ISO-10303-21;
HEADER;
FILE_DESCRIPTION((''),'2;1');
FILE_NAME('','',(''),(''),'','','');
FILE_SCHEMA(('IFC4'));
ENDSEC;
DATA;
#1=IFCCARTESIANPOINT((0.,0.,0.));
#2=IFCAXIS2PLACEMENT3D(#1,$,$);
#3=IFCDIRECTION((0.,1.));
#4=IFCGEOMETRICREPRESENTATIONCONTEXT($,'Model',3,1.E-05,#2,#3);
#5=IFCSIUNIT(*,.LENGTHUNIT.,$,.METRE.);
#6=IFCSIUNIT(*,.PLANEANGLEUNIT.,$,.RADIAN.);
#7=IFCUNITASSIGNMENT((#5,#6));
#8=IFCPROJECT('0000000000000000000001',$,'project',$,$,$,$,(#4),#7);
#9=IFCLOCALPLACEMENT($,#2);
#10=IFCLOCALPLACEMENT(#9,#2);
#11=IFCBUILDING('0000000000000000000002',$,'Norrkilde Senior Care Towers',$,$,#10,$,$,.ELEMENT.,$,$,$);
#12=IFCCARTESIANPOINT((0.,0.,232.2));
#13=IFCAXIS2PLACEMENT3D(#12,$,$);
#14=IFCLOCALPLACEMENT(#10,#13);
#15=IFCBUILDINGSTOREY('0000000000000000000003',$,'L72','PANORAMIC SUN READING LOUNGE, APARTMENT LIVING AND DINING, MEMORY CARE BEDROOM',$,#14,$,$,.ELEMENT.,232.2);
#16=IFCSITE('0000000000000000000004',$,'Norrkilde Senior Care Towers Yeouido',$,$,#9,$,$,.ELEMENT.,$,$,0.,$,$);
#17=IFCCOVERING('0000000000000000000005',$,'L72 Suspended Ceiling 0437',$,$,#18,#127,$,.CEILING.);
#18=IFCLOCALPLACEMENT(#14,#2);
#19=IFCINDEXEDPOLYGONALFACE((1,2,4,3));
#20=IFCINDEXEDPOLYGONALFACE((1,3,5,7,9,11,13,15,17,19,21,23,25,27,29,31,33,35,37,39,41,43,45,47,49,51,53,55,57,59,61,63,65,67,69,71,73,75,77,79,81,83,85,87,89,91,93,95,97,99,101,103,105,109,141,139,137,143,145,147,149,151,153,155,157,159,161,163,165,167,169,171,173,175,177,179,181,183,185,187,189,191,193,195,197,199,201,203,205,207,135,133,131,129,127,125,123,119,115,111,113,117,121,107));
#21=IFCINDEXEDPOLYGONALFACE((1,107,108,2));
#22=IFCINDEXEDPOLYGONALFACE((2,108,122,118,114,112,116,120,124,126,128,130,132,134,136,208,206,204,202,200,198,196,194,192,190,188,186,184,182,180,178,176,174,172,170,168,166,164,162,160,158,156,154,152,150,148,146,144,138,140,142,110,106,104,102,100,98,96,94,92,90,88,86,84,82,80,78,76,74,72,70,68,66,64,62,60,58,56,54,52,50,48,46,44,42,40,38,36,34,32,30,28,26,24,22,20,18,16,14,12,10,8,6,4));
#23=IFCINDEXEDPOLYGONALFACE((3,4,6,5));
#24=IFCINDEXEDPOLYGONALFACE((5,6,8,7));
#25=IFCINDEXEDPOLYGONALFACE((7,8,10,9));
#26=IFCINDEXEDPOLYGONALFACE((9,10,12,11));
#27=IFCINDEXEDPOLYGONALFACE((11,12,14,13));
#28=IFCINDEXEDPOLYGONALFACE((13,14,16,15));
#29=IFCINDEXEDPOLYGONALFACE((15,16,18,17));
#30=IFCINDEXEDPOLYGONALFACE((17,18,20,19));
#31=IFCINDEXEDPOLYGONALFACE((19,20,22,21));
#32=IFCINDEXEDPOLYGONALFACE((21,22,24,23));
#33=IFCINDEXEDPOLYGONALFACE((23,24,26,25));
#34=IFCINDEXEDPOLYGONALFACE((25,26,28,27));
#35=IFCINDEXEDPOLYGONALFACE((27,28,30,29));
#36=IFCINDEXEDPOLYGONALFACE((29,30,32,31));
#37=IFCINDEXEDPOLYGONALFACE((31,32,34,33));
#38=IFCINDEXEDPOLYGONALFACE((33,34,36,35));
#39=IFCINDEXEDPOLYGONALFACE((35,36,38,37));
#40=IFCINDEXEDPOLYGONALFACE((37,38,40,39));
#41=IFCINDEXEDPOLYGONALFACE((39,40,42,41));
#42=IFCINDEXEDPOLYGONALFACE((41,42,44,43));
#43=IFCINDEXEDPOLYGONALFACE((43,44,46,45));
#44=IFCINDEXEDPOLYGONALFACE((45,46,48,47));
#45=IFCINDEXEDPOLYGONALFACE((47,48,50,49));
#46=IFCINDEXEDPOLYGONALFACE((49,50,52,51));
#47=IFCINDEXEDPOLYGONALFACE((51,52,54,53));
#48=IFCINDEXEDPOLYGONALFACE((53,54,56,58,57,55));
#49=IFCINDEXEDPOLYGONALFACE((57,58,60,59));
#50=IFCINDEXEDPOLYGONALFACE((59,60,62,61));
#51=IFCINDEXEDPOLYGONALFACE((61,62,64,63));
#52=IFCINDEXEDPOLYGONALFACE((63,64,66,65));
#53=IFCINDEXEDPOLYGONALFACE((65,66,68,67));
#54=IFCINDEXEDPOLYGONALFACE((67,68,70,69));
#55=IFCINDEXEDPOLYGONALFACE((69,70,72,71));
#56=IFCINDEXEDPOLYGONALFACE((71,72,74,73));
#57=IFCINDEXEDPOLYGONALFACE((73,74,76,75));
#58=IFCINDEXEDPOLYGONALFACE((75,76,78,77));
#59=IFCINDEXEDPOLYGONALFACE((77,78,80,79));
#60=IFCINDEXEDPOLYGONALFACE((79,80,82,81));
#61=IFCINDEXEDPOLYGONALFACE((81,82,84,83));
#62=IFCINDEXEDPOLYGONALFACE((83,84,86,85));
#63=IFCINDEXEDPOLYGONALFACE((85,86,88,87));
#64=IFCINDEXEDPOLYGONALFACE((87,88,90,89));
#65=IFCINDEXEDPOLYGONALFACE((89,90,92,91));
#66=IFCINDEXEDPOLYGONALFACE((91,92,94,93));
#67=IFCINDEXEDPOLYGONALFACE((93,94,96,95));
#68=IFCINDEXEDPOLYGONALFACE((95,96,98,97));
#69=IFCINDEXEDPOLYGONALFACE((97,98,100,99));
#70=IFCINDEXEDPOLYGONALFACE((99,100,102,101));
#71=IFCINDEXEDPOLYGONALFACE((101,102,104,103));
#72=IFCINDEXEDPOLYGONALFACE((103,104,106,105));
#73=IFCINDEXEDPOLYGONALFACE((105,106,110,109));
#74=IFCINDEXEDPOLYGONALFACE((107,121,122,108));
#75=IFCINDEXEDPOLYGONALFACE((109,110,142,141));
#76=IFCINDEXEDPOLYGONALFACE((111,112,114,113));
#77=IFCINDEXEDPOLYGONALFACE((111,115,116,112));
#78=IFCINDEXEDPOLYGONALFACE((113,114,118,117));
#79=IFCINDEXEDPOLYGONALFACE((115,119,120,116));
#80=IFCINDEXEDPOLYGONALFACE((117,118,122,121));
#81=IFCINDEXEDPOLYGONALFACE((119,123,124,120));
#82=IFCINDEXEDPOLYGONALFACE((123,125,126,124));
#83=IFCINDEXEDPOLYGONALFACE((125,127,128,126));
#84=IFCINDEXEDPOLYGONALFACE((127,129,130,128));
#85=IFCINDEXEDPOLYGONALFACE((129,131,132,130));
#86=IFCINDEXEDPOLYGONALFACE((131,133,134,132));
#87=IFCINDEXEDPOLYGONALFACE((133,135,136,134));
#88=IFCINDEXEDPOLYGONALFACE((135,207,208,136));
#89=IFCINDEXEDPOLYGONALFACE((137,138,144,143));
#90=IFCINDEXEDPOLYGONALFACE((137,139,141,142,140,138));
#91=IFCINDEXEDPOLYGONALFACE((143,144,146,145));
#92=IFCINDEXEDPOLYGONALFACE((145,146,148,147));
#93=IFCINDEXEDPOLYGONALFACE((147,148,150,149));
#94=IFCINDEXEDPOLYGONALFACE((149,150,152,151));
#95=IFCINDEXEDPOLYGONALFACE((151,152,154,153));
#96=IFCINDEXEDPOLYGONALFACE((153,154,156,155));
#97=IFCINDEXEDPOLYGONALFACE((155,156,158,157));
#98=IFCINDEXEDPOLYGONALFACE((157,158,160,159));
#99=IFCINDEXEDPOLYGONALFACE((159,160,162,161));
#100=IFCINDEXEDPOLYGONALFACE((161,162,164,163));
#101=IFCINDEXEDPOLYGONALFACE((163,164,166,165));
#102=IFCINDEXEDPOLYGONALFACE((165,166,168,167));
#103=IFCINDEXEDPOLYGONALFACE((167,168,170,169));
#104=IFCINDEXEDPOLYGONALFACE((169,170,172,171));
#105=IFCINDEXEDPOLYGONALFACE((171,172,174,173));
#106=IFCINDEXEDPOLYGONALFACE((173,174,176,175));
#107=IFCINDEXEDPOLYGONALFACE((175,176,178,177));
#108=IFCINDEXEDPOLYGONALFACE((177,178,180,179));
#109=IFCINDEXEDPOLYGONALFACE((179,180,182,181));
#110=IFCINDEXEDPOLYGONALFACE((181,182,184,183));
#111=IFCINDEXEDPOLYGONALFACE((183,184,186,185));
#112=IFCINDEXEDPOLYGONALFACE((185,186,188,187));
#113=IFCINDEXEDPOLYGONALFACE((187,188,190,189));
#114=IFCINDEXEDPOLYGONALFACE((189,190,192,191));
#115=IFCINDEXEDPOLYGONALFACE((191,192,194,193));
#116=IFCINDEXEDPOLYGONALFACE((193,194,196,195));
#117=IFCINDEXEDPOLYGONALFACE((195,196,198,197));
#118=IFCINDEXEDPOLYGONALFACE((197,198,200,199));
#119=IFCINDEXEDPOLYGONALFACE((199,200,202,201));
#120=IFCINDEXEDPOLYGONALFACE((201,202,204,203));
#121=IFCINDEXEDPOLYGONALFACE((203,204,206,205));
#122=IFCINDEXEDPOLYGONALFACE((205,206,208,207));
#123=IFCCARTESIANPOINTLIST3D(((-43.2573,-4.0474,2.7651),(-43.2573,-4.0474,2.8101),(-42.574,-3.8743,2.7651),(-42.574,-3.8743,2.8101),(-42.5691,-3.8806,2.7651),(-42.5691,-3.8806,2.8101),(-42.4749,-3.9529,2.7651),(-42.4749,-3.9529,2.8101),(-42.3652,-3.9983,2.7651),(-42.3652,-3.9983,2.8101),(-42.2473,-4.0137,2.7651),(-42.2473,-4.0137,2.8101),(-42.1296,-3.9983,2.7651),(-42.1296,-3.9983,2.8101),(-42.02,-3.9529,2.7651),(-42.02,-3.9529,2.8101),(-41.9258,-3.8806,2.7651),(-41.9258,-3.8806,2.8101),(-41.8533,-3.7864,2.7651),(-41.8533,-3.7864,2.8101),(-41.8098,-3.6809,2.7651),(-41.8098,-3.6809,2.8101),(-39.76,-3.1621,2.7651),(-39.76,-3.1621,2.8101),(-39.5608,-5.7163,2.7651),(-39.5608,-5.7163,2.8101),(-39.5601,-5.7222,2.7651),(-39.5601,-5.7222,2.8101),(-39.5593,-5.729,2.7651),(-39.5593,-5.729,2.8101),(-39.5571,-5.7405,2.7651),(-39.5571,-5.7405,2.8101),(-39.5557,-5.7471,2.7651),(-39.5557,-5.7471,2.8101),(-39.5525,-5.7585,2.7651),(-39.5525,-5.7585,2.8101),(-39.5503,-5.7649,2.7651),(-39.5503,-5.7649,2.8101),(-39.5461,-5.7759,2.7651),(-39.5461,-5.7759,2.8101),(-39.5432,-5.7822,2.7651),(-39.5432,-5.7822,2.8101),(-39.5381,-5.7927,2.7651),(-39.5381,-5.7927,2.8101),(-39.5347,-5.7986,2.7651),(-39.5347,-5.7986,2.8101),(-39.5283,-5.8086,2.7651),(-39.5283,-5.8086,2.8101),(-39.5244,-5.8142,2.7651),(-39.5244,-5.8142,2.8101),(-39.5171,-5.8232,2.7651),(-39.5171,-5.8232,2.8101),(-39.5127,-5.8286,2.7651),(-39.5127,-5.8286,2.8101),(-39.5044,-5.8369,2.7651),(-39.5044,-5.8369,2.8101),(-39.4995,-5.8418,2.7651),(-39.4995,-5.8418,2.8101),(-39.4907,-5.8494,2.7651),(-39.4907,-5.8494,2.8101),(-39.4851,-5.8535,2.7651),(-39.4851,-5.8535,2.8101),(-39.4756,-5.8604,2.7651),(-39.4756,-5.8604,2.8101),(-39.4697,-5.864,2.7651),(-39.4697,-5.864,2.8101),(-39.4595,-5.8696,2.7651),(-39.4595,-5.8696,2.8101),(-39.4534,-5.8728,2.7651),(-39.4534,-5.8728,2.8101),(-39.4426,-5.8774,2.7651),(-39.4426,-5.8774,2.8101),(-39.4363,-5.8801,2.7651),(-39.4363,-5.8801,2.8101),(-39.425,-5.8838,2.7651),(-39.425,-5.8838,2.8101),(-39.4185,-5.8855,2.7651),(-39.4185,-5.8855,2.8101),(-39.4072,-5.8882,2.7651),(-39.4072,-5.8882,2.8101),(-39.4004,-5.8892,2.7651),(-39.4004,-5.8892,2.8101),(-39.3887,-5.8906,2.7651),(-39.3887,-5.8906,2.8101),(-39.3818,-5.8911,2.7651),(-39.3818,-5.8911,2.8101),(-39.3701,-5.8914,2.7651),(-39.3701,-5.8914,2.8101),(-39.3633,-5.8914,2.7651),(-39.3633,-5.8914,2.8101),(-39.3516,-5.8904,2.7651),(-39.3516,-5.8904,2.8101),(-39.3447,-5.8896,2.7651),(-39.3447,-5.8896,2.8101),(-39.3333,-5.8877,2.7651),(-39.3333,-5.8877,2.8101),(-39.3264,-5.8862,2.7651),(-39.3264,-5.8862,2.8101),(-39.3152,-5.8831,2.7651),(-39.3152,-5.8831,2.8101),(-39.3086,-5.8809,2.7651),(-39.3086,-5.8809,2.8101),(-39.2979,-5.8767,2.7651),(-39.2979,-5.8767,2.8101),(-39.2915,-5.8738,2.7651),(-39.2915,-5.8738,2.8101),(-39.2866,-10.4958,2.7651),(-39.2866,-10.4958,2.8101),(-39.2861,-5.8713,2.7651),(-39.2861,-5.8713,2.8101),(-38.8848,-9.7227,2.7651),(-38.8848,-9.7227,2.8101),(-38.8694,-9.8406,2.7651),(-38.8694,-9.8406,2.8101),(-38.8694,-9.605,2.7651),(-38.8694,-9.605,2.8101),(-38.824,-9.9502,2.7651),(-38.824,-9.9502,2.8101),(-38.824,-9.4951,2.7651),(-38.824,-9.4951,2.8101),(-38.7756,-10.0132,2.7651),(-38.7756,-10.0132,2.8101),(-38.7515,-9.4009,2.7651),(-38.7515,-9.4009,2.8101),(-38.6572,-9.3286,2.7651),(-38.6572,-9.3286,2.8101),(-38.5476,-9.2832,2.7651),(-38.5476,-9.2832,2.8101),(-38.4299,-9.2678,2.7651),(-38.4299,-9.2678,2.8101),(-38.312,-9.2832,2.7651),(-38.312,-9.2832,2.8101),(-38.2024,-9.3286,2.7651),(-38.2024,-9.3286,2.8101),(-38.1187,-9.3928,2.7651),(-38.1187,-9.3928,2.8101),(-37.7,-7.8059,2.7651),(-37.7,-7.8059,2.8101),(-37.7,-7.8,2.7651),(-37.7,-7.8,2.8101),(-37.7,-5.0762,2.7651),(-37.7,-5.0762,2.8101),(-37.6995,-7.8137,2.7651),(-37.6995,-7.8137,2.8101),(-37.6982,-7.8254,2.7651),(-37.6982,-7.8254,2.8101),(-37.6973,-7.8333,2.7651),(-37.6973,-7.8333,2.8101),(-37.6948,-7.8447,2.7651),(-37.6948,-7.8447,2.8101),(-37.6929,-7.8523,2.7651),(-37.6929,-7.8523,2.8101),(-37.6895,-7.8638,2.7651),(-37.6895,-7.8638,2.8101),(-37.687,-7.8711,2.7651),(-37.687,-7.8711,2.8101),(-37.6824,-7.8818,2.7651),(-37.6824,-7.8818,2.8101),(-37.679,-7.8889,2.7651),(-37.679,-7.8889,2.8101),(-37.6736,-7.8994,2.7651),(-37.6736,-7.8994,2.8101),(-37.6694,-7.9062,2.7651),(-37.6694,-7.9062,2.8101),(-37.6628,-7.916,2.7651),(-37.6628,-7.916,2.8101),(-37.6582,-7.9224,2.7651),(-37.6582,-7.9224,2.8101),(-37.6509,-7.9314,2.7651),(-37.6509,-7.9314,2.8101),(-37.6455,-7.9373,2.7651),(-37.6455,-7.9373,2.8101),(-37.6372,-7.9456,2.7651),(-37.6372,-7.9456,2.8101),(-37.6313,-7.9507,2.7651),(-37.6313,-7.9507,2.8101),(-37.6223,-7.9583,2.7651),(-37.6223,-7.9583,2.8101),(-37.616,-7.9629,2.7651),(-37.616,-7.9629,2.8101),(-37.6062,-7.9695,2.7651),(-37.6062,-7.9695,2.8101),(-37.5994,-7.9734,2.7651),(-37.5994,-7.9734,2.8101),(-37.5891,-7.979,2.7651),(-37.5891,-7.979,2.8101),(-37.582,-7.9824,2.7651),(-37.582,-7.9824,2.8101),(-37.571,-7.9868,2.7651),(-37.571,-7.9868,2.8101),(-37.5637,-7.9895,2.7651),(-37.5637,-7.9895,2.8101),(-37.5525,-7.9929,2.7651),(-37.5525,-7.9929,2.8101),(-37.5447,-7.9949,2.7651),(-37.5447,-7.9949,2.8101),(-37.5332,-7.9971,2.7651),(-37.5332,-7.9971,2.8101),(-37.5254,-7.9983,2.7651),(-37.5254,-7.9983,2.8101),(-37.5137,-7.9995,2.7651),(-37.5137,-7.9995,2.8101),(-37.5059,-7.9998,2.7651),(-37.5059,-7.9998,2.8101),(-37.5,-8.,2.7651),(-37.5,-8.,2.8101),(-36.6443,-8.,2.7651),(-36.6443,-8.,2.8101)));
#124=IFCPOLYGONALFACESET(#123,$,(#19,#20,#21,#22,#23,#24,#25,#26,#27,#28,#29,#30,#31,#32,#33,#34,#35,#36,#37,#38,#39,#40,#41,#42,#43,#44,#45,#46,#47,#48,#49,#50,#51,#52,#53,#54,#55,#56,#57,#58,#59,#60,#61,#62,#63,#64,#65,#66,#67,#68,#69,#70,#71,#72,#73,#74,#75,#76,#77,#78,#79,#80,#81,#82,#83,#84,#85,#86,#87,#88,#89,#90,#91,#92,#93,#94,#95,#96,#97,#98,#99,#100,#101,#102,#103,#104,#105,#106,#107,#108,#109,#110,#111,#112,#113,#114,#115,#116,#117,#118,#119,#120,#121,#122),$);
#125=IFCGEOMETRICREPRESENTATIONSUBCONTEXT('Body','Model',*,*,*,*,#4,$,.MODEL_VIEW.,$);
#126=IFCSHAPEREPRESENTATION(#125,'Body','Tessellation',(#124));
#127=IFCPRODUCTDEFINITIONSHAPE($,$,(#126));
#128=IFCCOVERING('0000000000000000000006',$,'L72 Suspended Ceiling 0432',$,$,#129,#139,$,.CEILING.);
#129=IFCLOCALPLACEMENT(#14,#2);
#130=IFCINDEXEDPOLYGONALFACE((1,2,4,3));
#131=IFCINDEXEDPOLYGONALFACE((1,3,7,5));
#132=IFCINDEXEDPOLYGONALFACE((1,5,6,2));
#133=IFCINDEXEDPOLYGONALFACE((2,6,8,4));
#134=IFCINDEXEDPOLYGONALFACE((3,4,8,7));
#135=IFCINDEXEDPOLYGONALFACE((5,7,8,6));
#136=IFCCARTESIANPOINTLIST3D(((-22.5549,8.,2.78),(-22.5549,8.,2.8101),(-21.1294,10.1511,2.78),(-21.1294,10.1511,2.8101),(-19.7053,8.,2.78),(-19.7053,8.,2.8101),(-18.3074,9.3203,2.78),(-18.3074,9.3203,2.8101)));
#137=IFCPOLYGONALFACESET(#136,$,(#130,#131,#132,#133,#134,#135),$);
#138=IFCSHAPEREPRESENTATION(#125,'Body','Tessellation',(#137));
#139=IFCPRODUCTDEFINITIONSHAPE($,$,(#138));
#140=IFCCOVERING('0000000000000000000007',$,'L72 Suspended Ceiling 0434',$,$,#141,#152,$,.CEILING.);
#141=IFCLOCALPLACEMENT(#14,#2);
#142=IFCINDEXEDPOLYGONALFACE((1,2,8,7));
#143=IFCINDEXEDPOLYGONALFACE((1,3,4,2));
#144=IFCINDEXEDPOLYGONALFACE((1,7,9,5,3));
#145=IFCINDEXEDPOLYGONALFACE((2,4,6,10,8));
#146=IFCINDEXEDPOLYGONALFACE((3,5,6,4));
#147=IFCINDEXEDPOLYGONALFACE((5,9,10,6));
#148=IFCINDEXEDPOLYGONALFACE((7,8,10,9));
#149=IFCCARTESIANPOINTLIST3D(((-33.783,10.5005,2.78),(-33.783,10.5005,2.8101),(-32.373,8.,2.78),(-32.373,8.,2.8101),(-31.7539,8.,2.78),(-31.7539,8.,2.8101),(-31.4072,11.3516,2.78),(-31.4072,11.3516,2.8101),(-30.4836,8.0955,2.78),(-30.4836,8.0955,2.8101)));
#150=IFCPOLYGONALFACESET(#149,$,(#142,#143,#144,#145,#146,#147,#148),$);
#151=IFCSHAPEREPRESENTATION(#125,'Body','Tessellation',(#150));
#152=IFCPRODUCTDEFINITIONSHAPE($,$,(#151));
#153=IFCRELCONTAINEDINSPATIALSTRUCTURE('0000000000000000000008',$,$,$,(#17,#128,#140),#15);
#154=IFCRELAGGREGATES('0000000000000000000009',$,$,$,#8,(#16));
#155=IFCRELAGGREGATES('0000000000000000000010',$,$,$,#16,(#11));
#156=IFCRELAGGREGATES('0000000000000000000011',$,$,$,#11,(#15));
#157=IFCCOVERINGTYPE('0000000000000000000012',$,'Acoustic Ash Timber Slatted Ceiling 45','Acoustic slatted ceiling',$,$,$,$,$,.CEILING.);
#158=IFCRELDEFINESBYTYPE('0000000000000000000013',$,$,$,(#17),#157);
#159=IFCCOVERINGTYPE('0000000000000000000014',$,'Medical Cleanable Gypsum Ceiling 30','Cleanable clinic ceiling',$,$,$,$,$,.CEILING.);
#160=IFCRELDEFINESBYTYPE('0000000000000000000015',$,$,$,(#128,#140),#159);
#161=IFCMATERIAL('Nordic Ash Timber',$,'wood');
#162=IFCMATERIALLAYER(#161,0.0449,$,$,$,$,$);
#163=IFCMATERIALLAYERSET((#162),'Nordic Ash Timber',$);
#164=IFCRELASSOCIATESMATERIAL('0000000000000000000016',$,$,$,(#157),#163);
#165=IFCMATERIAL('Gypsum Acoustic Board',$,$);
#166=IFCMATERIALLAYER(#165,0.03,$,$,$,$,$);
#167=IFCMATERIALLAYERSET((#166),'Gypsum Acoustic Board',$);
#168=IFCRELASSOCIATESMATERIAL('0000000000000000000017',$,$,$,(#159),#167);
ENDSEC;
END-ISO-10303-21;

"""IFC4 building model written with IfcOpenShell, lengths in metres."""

from ifc_helpers import new_model, si_unit, direction, frame, origin, place, context, subcontext, project, spatial, polyline, outline, extrude, material, layer, layer_set, type_object, element, save


model = new_model("IFC4")

# Units and contexts
model_context = context("Model", 3, precision=1e-05, world=origin(), true_north=direction((0.0, 1.0)))
body_context = subcontext(model_context, "Body", "Model", "MODEL_VIEW")
ifc_project = project(units=[si_unit("LENGTHUNIT", "METRE"), si_unit("PLANEANGLEUNIT", "RADIAN")], contexts=[model_context])

# Site, building, storey
site_placement = place(None, origin())
site = spatial("IfcSite", under=ifc_project, at=site_placement, Name="Norrkilde Senior Care Towers Yeouido", CompositionType="ELEMENT", RefElevation=0.0)
building_placement = place(site_placement, origin())
building = spatial("IfcBuilding", under=site, at=building_placement, Name="Norrkilde Senior Care Towers", CompositionType="ELEMENT")
storey_placement = place(building_placement, frame((0.0, 0.0, 232.2)))
storey = spatial("IfcBuildingStorey", under=building, at=storey_placement, Name="L72", Description="PANORAMIC SUN READING LOUNGE, APARTMENT LIVING AND DINING, MEMORY CARE BEDROOM", CompositionType="ELEMENT", Elevation=232.2)

# Coverings
ifc_material_1 = material(Name="Nordic Ash Timber", Category="wood")
ifc_layer_1 = layer(ifc_material_1, 0.0449)
ifc_layer_set_1 = layer_set([ifc_layer_1], Name="Nordic Ash Timber")
covering_type_1 = type_object("IfcCoveringType", Name="Acoustic Ash Timber Slatted Ceiling 45", Description="Acoustic slatted ceiling", PredefinedType="CEILING", material=ifc_layer_set_1)
covering_1_placement = place(storey_placement, frame((0.0, 0.0, 2.7651)))
element("IfcCovering", 1, at=covering_1_placement, inside=storey, type_object=covering_type_1, Name="L72 Suspended Ceiling 0437", PredefinedType="CEILING", context=body_context, shape_type="SweptSolid", body=[
    extrude(outline(polyline([(-39.5557, -5.7471), (-39.5525, -5.7585), (-39.5503, -5.7649), (-39.5461, -5.7759), (-39.5432, -5.7822), (-39.5381, -5.7927), (-39.5347, -5.7986), (-39.5283, -5.8086), (-39.5244, -5.8142), (-39.5171, -5.8232), (-39.5127, -5.8286), (-39.5044, -5.8369), (-39.4995, -5.8418), (-39.4907, -5.8494), (-39.4851, -5.8535), (-39.4756, -5.8604), (-39.4697, -5.864), (-39.4595, -5.8696), (-39.4534, -5.8728), (-39.4426, -5.8774), (-39.4363, -5.8801), (-39.425, -5.8838), (-39.4185, -5.8855), (-39.4072, -5.8882), (-39.4004, -5.8892), (-39.3887, -5.8906), (-39.3818, -5.8911), (-39.3701, -5.8914), (-39.3633, -5.8914), (-39.3516, -5.8904), (-39.3447, -5.8896), (-39.3333, -5.8877), (-39.3264, -5.8862), (-39.3152, -5.8831), (-39.3086, -5.8809), (-39.2979, -5.8767), (-39.2915, -5.8738), (-39.2861, -5.8713), (-37.7, -5.0762), (-37.7, -7.8), (-37.7, -7.8059), (-37.6995, -7.8137), (-37.6982, -7.8254), (-37.6973, -7.8333), (-37.6948, -7.8447), (-37.6929, -7.8523), (-37.6895, -7.8638), (-37.687, -7.8711), (-37.6824, -7.8818), (-37.679, -7.8889), (-37.6736, -7.8994), (-37.6694, -7.9062), (-37.6628, -7.916), (-37.6582, -7.9224), (-37.6509, -7.9314), (-37.6455, -7.9373), (-37.6372, -7.9456), (-37.6313, -7.9507), (-37.6223, -7.9583), (-37.616, -7.9629), (-37.6062, -7.9695), (-37.5994, -7.9734), (-37.5891, -7.979), (-37.582, -7.9824), (-37.571, -7.9868), (-37.5637, -7.9895), (-37.5525, -7.9929), (-37.5447, -7.9949), (-37.5332, -7.9971), (-37.5254, -7.9983), (-37.5137, -7.9995), (-37.5059, -7.9998), (-37.5, -8.0), (-36.6443, -8.0), (-38.1187, -9.3928), (-38.2024, -9.3286), (-38.312, -9.2832), (-38.4299, -9.2678), (-38.5476, -9.2832), (-38.6572, -9.3286), (-38.7515, -9.4009), (-38.824, -9.4951), (-38.8694, -9.605), (-38.8848, -9.7227), (-38.8694, -9.8406), (-38.824, -9.9502), (-38.7756, -10.0132), (-39.2866, -10.4958), (-43.2573, -4.0474), (-42.574, -3.8743), (-42.5691, -3.8806), (-42.4749, -3.9529), (-42.3652, -3.9983), (-42.2473, -4.0137), (-42.1296, -3.9983), (-42.02, -3.9529), (-41.9258, -3.8806), (-41.8533, -3.7864), (-41.8098, -3.6809), (-39.76, -3.1621), (-39.5608, -5.7163), (-39.5601, -5.7222), (-39.5593, -5.729), (-39.5571, -5.7405), (-39.5557, -5.7471)])), origin(), (0.0, 0.0, 1.0), 0.0449),
])
ifc_material_2 = material(Name="Gypsum Acoustic Board")
ifc_layer_2 = layer(ifc_material_2, 0.03)
ifc_layer_set_2 = layer_set([ifc_layer_2], Name="Gypsum Acoustic Board")
covering_type_2 = type_object("IfcCoveringType", Name="Medical Cleanable Gypsum Ceiling 30", Description="Cleanable clinic ceiling", PredefinedType="CEILING", material=ifc_layer_set_2)
covering_2_placement = place(storey_placement, frame((0.0, 0.0, 2.78)))
element("IfcCovering", 2, at=covering_2_placement, inside=storey, type_object=covering_type_2, Name="L72 Suspended Ceiling 0432", PredefinedType="CEILING", context=body_context, shape_type="SweptSolid", body=[
    extrude(outline(polyline([(-18.3074, 9.3203), (-19.7053, 8.0), (-22.5549, 8.0), (-21.1294, 10.1511), (-18.3074, 9.3203)])), origin(), (0.0, 0.0, 1.0), 0.03),
])
covering_3_placement = place(storey_placement, frame((0.0, 0.0, 2.78)))
element("IfcCovering", 3, at=covering_3_placement, inside=storey, type_object=covering_type_2, Name="L72 Suspended Ceiling 0434", PredefinedType="CEILING", context=body_context, shape_type="SweptSolid", body=[
    extrude(outline(polyline([(-33.783, 10.5005), (-31.4072, 11.3516), (-30.4836, 8.0955), (-31.7539, 8.0), (-32.373, 8.0), (-33.783, 10.5005)])), origin(), (0.0, 0.0, 1.0), 0.03),
])

save(model, "model.ifc")
